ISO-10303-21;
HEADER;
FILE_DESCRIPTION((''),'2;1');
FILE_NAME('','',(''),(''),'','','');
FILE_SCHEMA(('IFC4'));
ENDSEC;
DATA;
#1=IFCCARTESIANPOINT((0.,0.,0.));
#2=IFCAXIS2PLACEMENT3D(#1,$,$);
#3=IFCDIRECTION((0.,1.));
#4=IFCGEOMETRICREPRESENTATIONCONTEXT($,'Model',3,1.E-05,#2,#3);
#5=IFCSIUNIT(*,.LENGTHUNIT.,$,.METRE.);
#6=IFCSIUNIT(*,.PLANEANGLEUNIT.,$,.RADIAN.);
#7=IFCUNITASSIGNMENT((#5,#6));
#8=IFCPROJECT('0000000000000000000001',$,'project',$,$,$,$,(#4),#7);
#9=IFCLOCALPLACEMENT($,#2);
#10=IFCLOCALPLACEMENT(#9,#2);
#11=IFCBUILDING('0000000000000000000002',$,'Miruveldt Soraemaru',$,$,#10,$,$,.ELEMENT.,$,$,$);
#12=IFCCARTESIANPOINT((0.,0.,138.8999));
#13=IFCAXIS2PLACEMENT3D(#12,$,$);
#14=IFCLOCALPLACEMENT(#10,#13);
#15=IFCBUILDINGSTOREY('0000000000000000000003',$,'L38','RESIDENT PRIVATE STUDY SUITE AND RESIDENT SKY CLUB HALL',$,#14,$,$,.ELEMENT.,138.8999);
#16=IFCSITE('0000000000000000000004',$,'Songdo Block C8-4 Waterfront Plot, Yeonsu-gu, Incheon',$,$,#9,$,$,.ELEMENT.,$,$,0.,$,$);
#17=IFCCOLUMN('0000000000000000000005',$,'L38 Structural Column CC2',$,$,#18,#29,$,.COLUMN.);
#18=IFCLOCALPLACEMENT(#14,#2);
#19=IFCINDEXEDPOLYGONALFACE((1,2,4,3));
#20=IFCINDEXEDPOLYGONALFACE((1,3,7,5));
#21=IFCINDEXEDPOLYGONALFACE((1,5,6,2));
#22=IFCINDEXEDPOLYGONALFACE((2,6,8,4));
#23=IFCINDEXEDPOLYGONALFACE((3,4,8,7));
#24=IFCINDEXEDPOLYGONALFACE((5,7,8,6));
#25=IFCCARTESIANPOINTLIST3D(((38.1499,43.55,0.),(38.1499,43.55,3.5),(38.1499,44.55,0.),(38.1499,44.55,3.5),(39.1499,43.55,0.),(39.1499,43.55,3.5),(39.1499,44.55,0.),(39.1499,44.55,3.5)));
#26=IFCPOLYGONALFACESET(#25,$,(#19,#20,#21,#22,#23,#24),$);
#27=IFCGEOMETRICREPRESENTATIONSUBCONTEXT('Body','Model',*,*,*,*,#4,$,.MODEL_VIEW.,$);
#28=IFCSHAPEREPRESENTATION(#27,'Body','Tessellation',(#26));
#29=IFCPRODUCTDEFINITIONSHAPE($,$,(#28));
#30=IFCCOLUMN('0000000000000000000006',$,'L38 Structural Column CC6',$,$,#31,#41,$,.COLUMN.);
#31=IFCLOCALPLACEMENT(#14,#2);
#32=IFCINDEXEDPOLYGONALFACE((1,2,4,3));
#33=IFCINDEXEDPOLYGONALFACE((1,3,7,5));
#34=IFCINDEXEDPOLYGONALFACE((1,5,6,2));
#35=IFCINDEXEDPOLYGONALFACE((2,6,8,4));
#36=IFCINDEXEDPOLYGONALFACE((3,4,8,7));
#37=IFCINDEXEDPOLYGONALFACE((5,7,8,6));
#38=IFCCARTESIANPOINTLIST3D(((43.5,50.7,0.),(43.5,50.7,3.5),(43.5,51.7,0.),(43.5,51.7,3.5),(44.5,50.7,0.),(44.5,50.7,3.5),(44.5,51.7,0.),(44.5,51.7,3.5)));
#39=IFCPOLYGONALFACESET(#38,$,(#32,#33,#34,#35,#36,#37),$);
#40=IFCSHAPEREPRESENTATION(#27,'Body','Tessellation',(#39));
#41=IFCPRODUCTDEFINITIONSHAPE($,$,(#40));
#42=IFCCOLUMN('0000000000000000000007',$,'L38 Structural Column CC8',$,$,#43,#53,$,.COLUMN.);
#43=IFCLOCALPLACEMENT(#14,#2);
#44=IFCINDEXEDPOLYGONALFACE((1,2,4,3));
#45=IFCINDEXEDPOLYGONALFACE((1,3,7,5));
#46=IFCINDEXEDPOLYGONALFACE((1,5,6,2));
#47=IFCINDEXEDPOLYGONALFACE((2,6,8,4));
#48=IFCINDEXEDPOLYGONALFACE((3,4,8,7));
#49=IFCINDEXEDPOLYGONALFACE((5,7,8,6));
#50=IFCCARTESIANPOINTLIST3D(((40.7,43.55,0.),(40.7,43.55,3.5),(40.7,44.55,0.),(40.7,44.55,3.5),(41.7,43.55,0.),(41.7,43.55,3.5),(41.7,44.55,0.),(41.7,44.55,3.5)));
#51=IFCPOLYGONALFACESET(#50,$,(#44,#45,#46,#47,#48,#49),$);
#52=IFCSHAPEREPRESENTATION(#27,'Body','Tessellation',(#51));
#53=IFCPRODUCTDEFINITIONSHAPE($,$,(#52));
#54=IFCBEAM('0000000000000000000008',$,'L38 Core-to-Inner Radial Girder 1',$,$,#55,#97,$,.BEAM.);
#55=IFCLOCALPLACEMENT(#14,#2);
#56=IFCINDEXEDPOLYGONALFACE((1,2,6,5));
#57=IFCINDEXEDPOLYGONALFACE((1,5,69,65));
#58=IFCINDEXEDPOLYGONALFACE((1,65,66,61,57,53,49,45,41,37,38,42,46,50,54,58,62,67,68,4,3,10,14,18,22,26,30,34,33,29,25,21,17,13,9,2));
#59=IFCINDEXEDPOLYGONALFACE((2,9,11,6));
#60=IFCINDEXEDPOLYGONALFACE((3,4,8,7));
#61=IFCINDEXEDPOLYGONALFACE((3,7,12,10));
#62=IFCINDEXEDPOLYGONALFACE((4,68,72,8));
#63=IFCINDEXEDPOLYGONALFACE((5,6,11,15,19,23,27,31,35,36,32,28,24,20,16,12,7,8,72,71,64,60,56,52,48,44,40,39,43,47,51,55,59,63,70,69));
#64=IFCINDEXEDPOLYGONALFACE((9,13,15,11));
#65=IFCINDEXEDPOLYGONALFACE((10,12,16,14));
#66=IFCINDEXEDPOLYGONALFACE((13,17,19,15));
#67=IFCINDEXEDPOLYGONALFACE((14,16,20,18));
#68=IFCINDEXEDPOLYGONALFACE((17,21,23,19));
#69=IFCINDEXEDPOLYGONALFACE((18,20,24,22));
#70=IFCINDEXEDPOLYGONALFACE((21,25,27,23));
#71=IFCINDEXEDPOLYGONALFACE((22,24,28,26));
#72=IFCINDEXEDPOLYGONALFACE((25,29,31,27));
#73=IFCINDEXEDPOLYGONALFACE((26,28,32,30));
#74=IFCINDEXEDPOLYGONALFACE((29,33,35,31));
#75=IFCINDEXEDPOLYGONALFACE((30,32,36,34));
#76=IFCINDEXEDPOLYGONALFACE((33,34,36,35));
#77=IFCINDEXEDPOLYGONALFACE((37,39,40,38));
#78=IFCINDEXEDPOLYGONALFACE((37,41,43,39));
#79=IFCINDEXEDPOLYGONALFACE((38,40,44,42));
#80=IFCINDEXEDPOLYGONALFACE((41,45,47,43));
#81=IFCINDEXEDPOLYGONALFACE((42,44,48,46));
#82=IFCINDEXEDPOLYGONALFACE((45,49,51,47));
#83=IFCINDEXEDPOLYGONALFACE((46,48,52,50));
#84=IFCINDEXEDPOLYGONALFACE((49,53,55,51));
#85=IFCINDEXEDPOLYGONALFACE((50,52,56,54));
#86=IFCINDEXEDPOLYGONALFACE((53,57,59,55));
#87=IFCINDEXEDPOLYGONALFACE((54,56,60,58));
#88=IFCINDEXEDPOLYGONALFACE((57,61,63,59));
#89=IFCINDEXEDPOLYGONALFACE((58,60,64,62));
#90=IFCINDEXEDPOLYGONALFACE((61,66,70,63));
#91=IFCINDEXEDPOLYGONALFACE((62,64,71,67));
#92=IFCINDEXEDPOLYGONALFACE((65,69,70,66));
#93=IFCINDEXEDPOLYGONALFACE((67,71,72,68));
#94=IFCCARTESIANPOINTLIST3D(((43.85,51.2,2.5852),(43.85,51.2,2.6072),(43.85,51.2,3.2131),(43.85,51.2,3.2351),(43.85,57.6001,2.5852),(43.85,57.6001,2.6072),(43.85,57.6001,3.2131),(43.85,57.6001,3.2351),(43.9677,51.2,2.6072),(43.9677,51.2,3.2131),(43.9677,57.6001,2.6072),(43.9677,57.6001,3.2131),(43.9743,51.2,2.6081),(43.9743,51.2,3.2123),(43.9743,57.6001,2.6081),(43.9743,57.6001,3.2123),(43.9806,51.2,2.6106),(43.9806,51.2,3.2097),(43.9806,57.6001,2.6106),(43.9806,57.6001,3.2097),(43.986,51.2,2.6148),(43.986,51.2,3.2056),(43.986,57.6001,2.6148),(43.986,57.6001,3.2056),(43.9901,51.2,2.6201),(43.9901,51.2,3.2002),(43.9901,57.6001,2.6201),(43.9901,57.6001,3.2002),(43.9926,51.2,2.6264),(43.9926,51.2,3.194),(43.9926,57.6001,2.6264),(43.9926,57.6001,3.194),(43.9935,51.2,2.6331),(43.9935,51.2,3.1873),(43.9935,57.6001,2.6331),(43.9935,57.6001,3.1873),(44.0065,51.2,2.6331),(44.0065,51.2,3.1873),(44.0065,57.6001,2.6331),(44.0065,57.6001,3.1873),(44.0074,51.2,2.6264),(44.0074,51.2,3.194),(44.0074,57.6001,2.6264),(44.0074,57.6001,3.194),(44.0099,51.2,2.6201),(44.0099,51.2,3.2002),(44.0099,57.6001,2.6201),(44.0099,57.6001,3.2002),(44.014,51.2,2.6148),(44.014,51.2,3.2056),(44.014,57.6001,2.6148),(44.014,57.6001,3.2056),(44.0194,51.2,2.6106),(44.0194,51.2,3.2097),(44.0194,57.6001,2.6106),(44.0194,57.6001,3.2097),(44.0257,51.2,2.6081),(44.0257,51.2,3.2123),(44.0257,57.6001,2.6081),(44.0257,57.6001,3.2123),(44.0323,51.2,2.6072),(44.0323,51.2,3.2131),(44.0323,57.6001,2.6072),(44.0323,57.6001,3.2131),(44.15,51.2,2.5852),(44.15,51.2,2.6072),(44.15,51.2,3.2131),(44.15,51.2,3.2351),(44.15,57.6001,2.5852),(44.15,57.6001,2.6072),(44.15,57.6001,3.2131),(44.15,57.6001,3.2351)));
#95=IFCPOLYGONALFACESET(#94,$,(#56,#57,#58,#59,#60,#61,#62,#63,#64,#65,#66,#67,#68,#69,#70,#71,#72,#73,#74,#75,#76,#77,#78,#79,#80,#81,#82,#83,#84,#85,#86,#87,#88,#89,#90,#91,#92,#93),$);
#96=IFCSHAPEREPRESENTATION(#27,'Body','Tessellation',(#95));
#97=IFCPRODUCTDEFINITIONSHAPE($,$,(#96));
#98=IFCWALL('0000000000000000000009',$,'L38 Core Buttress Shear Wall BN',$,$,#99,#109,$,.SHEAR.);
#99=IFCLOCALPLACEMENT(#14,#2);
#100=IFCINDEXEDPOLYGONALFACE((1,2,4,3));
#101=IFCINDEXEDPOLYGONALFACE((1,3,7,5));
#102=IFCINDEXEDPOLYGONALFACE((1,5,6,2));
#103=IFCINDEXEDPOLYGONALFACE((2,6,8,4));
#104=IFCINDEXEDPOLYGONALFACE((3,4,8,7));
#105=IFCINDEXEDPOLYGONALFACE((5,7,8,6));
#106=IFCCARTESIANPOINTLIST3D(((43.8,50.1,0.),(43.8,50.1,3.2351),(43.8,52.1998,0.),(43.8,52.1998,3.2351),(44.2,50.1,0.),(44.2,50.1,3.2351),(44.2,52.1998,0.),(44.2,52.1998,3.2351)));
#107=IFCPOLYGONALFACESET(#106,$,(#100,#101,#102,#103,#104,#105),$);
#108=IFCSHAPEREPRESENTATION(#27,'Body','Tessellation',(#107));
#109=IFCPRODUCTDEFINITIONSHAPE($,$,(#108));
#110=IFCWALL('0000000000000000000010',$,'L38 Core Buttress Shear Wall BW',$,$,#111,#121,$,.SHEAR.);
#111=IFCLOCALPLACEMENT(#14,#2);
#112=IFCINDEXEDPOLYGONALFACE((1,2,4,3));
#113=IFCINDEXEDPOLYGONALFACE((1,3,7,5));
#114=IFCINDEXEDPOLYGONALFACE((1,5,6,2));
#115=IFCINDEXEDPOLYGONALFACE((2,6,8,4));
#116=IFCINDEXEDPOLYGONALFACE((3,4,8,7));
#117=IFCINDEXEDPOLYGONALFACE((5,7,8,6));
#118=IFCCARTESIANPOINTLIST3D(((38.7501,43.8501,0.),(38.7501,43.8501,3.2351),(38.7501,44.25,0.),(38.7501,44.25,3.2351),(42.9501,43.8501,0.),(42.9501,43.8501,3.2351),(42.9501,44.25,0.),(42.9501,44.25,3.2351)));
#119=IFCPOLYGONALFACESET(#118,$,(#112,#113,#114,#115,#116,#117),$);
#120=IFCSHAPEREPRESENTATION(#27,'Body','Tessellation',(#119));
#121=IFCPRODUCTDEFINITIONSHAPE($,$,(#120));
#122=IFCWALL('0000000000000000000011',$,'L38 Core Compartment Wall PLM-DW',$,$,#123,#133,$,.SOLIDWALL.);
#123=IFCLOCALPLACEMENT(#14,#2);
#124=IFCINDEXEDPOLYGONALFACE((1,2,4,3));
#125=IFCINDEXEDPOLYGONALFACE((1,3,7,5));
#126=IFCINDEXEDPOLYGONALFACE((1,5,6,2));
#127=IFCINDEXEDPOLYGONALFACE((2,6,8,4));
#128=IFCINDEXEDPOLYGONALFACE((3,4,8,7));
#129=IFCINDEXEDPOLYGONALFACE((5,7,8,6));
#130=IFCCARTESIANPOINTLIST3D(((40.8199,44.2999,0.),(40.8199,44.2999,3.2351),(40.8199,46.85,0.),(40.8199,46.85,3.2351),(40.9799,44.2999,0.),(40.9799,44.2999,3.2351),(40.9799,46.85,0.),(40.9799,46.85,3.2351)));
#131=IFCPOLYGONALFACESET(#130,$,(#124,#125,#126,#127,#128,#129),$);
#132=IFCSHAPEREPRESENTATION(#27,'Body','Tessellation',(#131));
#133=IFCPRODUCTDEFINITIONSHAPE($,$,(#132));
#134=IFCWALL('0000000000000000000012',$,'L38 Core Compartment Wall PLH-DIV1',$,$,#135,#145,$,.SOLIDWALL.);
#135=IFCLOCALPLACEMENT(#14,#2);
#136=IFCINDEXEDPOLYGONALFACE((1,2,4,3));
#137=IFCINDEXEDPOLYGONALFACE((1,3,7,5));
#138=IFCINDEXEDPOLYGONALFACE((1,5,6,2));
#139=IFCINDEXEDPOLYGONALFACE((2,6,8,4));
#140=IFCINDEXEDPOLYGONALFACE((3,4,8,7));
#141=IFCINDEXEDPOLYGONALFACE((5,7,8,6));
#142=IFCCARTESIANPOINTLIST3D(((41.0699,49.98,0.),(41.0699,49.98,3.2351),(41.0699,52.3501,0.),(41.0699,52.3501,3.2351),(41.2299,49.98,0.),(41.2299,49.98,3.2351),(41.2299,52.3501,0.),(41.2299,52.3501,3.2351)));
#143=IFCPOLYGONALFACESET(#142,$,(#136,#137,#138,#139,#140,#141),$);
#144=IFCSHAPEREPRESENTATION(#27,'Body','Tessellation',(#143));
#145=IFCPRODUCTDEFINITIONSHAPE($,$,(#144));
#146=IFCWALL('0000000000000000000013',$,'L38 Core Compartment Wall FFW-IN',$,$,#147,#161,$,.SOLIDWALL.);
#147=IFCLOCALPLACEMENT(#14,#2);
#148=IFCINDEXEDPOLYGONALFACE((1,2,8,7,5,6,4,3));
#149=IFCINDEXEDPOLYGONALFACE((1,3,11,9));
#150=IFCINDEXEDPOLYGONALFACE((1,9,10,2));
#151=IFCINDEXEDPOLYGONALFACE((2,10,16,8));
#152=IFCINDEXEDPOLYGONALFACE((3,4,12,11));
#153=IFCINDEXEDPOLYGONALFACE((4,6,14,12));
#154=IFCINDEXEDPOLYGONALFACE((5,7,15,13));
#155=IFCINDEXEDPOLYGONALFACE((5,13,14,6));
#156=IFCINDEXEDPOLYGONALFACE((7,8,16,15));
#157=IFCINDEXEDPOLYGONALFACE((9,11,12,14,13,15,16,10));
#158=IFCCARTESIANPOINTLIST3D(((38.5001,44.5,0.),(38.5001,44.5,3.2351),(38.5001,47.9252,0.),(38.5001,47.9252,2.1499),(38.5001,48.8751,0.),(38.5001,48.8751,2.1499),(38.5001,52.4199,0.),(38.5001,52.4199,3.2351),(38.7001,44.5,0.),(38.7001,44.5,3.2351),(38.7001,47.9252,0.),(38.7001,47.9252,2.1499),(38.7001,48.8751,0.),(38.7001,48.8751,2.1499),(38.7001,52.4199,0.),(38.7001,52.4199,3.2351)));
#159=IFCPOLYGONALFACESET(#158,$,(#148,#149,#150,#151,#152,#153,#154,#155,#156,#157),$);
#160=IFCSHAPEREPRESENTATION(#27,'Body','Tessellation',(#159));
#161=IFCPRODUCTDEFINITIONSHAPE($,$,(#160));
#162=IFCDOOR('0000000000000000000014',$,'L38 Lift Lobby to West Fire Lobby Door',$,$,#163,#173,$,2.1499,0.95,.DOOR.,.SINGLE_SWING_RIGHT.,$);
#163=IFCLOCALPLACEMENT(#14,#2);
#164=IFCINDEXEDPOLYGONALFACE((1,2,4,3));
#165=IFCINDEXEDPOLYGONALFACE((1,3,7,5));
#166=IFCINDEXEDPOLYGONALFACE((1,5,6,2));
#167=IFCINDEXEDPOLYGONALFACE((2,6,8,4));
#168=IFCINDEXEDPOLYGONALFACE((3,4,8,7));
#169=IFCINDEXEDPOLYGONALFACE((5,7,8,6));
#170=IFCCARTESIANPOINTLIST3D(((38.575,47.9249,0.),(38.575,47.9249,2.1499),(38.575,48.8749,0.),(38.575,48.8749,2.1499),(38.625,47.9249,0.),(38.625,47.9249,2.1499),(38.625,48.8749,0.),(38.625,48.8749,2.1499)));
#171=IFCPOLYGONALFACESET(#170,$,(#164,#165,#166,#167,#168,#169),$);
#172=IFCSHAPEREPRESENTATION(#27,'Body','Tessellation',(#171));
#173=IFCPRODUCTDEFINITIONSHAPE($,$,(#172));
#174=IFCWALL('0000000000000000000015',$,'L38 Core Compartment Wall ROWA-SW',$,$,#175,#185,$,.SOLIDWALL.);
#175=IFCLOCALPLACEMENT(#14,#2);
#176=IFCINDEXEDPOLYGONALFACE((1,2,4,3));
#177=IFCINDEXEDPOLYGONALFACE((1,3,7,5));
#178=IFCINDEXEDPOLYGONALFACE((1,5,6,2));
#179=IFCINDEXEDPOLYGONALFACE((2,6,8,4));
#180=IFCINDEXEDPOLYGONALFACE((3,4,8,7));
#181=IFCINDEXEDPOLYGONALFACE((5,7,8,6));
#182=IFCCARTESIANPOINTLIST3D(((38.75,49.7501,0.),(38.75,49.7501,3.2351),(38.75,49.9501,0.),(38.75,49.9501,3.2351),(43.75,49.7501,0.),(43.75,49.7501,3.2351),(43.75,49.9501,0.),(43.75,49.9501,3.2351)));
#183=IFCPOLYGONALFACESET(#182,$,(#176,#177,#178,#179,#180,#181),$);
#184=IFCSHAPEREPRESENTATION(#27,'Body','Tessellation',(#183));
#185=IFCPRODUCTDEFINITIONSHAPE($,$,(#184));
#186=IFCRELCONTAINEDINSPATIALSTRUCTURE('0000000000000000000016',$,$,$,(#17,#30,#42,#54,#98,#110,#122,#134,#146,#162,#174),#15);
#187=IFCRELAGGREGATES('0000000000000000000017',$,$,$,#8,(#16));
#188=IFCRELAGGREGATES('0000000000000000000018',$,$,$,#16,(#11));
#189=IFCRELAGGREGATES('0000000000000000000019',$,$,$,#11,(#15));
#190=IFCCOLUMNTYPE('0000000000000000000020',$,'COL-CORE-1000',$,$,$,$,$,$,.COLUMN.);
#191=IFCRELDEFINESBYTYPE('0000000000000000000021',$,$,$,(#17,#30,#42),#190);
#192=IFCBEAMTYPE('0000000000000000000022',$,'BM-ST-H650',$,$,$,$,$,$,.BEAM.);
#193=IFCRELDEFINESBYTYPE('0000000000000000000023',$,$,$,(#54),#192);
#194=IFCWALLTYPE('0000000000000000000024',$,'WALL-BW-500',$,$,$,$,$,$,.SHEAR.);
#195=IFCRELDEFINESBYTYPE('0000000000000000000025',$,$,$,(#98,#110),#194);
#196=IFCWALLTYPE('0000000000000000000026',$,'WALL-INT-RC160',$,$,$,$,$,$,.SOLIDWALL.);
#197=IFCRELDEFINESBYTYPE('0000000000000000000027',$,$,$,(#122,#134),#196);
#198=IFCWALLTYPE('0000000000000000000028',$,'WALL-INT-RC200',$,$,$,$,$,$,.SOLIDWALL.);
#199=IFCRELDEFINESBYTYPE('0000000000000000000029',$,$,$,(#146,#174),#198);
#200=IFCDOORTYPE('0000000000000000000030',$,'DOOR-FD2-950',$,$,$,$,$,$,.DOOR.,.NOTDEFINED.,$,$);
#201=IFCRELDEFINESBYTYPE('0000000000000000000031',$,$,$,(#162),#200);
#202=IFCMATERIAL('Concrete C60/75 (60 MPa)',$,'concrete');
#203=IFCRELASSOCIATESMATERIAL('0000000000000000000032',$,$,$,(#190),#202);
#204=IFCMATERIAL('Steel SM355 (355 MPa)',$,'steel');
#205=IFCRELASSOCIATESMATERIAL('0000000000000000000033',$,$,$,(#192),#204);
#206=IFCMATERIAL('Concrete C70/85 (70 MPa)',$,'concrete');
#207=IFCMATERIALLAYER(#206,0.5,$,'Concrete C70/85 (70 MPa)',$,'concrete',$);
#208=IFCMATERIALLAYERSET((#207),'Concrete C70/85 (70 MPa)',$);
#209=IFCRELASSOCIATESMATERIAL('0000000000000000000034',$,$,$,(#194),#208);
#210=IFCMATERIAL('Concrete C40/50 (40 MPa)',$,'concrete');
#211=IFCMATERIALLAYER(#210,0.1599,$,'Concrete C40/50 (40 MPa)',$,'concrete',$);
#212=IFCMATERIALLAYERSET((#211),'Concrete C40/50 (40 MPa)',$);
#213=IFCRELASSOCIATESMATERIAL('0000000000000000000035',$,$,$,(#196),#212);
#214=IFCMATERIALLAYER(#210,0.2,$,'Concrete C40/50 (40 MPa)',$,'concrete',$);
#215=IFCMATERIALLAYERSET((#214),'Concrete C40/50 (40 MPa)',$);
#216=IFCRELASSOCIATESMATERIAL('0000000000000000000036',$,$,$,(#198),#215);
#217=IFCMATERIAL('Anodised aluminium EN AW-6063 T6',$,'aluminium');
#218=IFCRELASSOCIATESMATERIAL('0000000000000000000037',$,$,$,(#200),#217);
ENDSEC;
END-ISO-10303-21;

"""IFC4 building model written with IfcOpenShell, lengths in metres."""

from ifc_helpers import new_model, si_unit, direction, frame, frame_2d, origin, origin_2d, place, context, subcontext, project, spatial, rectangle, i_section, extrude, material, layer, layer_set, material_profile, profile_set, type_object, element, fill, save


model = new_model("IFC4")

# Units and contexts
model_context = context("Model", 3, precision=1e-05, world=origin(), true_north=direction((0.0, 1.0)))
body_context = subcontext(model_context, "Body", "Model", "MODEL_VIEW")
ifc_project = project(units=[si_unit("LENGTHUNIT", "METRE"), si_unit("PLANEANGLEUNIT", "RADIAN")], contexts=[model_context])

# Site, building, storey
site_placement = place(None, origin())
site = spatial("IfcSite", under=ifc_project, at=site_placement, Name="Songdo Block C8-4 Waterfront Plot, Yeonsu-gu, Incheon", CompositionType="ELEMENT", RefElevation=0.0)
building_placement = place(site_placement, origin())
building = spatial("IfcBuilding", under=site, at=building_placement, Name="Miruveldt Soraemaru", CompositionType="ELEMENT")
storey_placement = place(building_placement, frame((0.0, 0.0, 138.8999)))
storey = spatial("IfcBuildingStorey", under=building, at=storey_placement, Name="L38", Description="RESIDENT PRIVATE STUDY SUITE AND RESIDENT SKY CLUB HALL", CompositionType="ELEMENT", Elevation=138.8999)

# Columns
ifc_material_1 = material(Name="Concrete C60/75 (60 MPa)", Category="concrete")
ifc_material_profile_1 = material_profile(ifc_material_1, rectangle(XDim=1.0, YDim=1.0, at=origin_2d()), Name="Concrete C60/75 (60 MPa)", Category="concrete")
ifc_profile_set_1 = profile_set([ifc_material_profile_1], Name="Concrete C60/75 (60 MPa)")
column_type = type_object("IfcColumnType", Name="COL-CORE-1000", PredefinedType="COLUMN", material=ifc_profile_set_1)
for number, where, z_axis, x_axis, name in (
    (1, (38.6499, 44.05, 0.0), (0.0, 0.0, 1.0), (1.0, 0.0, 0.0), "L38 Structural Column CC2"),
    (2, (44.0, 51.2, 0.0), (0.0, 0.0, 1.0), (1.0, 0.0, 0.0), "L38 Structural Column CC6"),
    (3, (41.2, 44.05, 0.0), (0.0, 0.0, 1.0), (1.0, 0.0, 0.0), "L38 Structural Column CC8"),
):
    element("IfcColumn", number, at=place(storey_placement, frame(where, z_axis=z_axis, x_axis=x_axis)), inside=storey, type_object=column_type, Name=name, PredefinedType="COLUMN", context=body_context, shape_type="SweptSolid", body=[
        extrude(rectangle(XDim=1.0, YDim=1.0, at=origin_2d()), origin(), (0.0, 0.0, 1.0), 3.5),
    ])

# Beam
ifc_material_2 = material(Name="Steel SM355 (355 MPa)", Category="steel")
ifc_material_profile_2 = material_profile(ifc_material_2, i_section(OverallWidth=0.3, OverallDepth=0.6499, WebThickness=0.0129, FlangeThickness=0.022, FilletRadius=0.0259, at=origin_2d()), Name="Steel SM355 (355 MPa)", Category="steel")
ifc_profile_set_2 = profile_set([ifc_material_profile_2], Name="Steel SM355 (355 MPa)")
beam_type = type_object("IfcBeamType", Name="BM-ST-H650", PredefinedType="BEAM", material=ifc_profile_set_2)
beam_placement = place(storey_placement, frame((44.0, 51.2, 2.9102), z_axis=(0.0, 1.0, 0.0), x_axis=(-1.0, 0.0, 0.0)))
element("IfcBeam", 4, at=beam_placement, inside=storey, type_object=beam_type, Name="L38 Core-to-Inner Radial Girder 1", PredefinedType="BEAM", context=body_context, shape_type="SweptSolid", body=[
    extrude(i_section(OverallWidth=0.3, OverallDepth=0.6499, WebThickness=0.0129, FlangeThickness=0.022, FilletRadius=0.0259, at=origin_2d()), origin(), (0.0, 0.0, 1.0), 6.4001),
])

# Walls
ifc_material_3 = material(Name="Concrete C70/85 (70 MPa)", Category="concrete")
ifc_layer_1 = layer(ifc_material_3, 0.5, Name="Concrete C70/85 (70 MPa)", Category="concrete")
ifc_layer_set_1 = layer_set([ifc_layer_1], Name="Concrete C70/85 (70 MPa)")
wall_type_1 = type_object("IfcWallType", Name="WALL-BW-500", PredefinedType="SHEAR", material=ifc_layer_set_1)
wall_1_placement = place(storey_placement, frame((44.0, 50.1001, 0.0), z_axis=(0.0, 0.0, 1.0), x_axis=(0.0, 1.0, 0.0)))
element("IfcWall", 5, at=wall_1_placement, inside=storey, type_object=wall_type_1, Name="L38 Core Buttress Shear Wall BN", PredefinedType="SHEAR", context=body_context, shape_type="SweptSolid", body=[
    extrude(rectangle(XDim=2.0999, YDim=0.3999, at=frame_2d((1.0498, 0.0))), origin(), (0.0, 0.0, 1.0), 3.2351),
])
wall_2_placement = place(storey_placement, frame((38.75, 44.05, 0.0), z_axis=(0.0, 0.0, 1.0), x_axis=(1.0, 0.0, 0.0)))
element("IfcWall", 6, at=wall_2_placement, inside=storey, type_object=wall_type_1, Name="L38 Core Buttress Shear Wall BW", PredefinedType="SHEAR", context=body_context, shape_type="SweptSolid", body=[
    extrude(rectangle(XDim=4.2, YDim=0.3999, at=frame_2d((2.1001, 0.0))), origin(), (0.0, 0.0, 1.0), 3.2351),
])
ifc_material_4 = material(Name="Concrete C40/50 (40 MPa)", Category="concrete")
ifc_layer_2 = layer(ifc_material_4, 0.1599, Name="Concrete C40/50 (40 MPa)", Category="concrete")
ifc_layer_set_2 = layer_set([ifc_layer_2], Name="Concrete C40/50 (40 MPa)")
wall_type_2 = type_object("IfcWallType", Name="WALL-INT-RC160", PredefinedType="SOLIDWALL", material=ifc_layer_set_2)
wall_3_placement = place(storey_placement, frame((40.8999, 44.3, 0.0), z_axis=(0.0, 0.0, 1.0), x_axis=(0.0, 1.0, 0.0)))
element("IfcWall", 7, at=wall_3_placement, inside=storey, type_object=wall_type_2, Name="L38 Core Compartment Wall PLM-DW", PredefinedType="SOLIDWALL", context=body_context, shape_type="SweptSolid", body=[
    extrude(rectangle(XDim=2.55, YDim=0.1599, at=frame_2d((1.2749, 0.0))), origin(), (0.0, 0.0, 1.0), 3.2351),
])
wall_4_placement = place(storey_placement, frame((41.1499, 49.98, 0.0), z_axis=(0.0, 0.0, 1.0), x_axis=(0.0, 1.0, 0.0)))
element("IfcWall", 8, at=wall_4_placement, inside=storey, type_object=wall_type_2, Name="L38 Core Compartment Wall PLH-DIV1", PredefinedType="SOLIDWALL", context=body_context, shape_type="SweptSolid", body=[
    extrude(rectangle(XDim=2.3701, YDim=0.1599, at=frame_2d((1.1851, 0.0))), origin(), (0.0, 0.0, 1.0), 3.2351),
])

# Wall, opening, door
ifc_layer_3 = layer(ifc_material_4, 0.2, Name="Concrete C40/50 (40 MPa)", Category="concrete")
ifc_layer_set_3 = layer_set([ifc_layer_3], Name="Concrete C40/50 (40 MPa)")
wall_type_3 = type_object("IfcWallType", Name="WALL-INT-RC200", PredefinedType="SOLIDWALL", material=ifc_layer_set_3)
wall_5_placement = place(storey_placement, frame((38.6001, 44.5, 0.0), z_axis=(0.0, 0.0, 1.0), x_axis=(0.0, 1.0, 0.0)))
wall_5 = element("IfcWall", 9, at=wall_5_placement, inside=storey, type_object=wall_type_3, Name="L38 Core Compartment Wall FFW-IN", PredefinedType="SOLIDWALL", context=body_context, shape_type="SweptSolid", body=[
    extrude(rectangle(XDim=7.9199, YDim=0.2, at=frame_2d((3.96, 0.0))), origin(), (0.0, 0.0, 1.0), 3.2351),
])
opening_1_placement = place(wall_5_placement, frame((3.425, 0.0, 0.0)))
opening_1 = element("IfcOpeningElement", 10, at=opening_1_placement, cuts=wall_5, PredefinedType="OPENING", context=body_context, shape_type="SweptSolid", body=[
    extrude(rectangle(XDim=0.95, YDim=2.1499, at=frame_2d((0.4751, 1.075))), frame((0.0, 0.1099, 0.0), z_axis=(0.0, -1.0, 0.0), x_axis=(1.0, 0.0, 0.0)), (0.0, 0.0, 1.0), 0.22),
])
ifc_material_5 = material(Name="Anodised aluminium EN AW-6063 T6", Category="aluminium")
door_type_1 = type_object("IfcDoorType", Name="DOOR-FD2-950", OperationType="NOTDEFINED", PredefinedType="DOOR", material=ifc_material_5)
door_1_placement = place(opening_1_placement, frame((0.95, 0.0, 0.0), z_axis=(0.0, 0.0, 1.0), x_axis=(-1.0, 0.0, 0.0)))
door_1 = element("IfcDoor", 11, at=door_1_placement, inside=storey, type_object=door_type_1, Name="L38 Lift Lobby to West Fire Lobby Door", OperationType="SINGLE_SWING_RIGHT", OverallHeight=2.1499, OverallWidth=0.95, PredefinedType="DOOR", context=body_context, shape_type="SweptSolid", body=[
    extrude(rectangle(XDim=0.95, YDim=2.1499, at=frame_2d((0.4751, 1.075))), frame((0.0, 0.0249, 0.0), z_axis=(0.0, -1.0, 0.0), x_axis=(1.0, 0.0, 0.0)), (0.0, 0.0, 1.0), 0.05),
])
fill(opening_1, door_1)

# Wall
wall_6_placement = place(storey_placement, frame((38.75, 49.8501, 0.0), z_axis=(0.0, 0.0, 1.0), x_axis=(1.0, 0.0, 0.0)))
element("IfcWall", 12, at=wall_6_placement, inside=storey, type_object=wall_type_3, Name="L38 Core Compartment Wall ROWA-SW", PredefinedType="SOLIDWALL", context=body_context, shape_type="SweptSolid", body=[
    extrude(rectangle(XDim=5.0, YDim=0.2, at=frame_2d((2.5, 0.0))), origin(), (0.0, 0.0, 1.0), 3.2351),
])

save(model, "model.ifc")
